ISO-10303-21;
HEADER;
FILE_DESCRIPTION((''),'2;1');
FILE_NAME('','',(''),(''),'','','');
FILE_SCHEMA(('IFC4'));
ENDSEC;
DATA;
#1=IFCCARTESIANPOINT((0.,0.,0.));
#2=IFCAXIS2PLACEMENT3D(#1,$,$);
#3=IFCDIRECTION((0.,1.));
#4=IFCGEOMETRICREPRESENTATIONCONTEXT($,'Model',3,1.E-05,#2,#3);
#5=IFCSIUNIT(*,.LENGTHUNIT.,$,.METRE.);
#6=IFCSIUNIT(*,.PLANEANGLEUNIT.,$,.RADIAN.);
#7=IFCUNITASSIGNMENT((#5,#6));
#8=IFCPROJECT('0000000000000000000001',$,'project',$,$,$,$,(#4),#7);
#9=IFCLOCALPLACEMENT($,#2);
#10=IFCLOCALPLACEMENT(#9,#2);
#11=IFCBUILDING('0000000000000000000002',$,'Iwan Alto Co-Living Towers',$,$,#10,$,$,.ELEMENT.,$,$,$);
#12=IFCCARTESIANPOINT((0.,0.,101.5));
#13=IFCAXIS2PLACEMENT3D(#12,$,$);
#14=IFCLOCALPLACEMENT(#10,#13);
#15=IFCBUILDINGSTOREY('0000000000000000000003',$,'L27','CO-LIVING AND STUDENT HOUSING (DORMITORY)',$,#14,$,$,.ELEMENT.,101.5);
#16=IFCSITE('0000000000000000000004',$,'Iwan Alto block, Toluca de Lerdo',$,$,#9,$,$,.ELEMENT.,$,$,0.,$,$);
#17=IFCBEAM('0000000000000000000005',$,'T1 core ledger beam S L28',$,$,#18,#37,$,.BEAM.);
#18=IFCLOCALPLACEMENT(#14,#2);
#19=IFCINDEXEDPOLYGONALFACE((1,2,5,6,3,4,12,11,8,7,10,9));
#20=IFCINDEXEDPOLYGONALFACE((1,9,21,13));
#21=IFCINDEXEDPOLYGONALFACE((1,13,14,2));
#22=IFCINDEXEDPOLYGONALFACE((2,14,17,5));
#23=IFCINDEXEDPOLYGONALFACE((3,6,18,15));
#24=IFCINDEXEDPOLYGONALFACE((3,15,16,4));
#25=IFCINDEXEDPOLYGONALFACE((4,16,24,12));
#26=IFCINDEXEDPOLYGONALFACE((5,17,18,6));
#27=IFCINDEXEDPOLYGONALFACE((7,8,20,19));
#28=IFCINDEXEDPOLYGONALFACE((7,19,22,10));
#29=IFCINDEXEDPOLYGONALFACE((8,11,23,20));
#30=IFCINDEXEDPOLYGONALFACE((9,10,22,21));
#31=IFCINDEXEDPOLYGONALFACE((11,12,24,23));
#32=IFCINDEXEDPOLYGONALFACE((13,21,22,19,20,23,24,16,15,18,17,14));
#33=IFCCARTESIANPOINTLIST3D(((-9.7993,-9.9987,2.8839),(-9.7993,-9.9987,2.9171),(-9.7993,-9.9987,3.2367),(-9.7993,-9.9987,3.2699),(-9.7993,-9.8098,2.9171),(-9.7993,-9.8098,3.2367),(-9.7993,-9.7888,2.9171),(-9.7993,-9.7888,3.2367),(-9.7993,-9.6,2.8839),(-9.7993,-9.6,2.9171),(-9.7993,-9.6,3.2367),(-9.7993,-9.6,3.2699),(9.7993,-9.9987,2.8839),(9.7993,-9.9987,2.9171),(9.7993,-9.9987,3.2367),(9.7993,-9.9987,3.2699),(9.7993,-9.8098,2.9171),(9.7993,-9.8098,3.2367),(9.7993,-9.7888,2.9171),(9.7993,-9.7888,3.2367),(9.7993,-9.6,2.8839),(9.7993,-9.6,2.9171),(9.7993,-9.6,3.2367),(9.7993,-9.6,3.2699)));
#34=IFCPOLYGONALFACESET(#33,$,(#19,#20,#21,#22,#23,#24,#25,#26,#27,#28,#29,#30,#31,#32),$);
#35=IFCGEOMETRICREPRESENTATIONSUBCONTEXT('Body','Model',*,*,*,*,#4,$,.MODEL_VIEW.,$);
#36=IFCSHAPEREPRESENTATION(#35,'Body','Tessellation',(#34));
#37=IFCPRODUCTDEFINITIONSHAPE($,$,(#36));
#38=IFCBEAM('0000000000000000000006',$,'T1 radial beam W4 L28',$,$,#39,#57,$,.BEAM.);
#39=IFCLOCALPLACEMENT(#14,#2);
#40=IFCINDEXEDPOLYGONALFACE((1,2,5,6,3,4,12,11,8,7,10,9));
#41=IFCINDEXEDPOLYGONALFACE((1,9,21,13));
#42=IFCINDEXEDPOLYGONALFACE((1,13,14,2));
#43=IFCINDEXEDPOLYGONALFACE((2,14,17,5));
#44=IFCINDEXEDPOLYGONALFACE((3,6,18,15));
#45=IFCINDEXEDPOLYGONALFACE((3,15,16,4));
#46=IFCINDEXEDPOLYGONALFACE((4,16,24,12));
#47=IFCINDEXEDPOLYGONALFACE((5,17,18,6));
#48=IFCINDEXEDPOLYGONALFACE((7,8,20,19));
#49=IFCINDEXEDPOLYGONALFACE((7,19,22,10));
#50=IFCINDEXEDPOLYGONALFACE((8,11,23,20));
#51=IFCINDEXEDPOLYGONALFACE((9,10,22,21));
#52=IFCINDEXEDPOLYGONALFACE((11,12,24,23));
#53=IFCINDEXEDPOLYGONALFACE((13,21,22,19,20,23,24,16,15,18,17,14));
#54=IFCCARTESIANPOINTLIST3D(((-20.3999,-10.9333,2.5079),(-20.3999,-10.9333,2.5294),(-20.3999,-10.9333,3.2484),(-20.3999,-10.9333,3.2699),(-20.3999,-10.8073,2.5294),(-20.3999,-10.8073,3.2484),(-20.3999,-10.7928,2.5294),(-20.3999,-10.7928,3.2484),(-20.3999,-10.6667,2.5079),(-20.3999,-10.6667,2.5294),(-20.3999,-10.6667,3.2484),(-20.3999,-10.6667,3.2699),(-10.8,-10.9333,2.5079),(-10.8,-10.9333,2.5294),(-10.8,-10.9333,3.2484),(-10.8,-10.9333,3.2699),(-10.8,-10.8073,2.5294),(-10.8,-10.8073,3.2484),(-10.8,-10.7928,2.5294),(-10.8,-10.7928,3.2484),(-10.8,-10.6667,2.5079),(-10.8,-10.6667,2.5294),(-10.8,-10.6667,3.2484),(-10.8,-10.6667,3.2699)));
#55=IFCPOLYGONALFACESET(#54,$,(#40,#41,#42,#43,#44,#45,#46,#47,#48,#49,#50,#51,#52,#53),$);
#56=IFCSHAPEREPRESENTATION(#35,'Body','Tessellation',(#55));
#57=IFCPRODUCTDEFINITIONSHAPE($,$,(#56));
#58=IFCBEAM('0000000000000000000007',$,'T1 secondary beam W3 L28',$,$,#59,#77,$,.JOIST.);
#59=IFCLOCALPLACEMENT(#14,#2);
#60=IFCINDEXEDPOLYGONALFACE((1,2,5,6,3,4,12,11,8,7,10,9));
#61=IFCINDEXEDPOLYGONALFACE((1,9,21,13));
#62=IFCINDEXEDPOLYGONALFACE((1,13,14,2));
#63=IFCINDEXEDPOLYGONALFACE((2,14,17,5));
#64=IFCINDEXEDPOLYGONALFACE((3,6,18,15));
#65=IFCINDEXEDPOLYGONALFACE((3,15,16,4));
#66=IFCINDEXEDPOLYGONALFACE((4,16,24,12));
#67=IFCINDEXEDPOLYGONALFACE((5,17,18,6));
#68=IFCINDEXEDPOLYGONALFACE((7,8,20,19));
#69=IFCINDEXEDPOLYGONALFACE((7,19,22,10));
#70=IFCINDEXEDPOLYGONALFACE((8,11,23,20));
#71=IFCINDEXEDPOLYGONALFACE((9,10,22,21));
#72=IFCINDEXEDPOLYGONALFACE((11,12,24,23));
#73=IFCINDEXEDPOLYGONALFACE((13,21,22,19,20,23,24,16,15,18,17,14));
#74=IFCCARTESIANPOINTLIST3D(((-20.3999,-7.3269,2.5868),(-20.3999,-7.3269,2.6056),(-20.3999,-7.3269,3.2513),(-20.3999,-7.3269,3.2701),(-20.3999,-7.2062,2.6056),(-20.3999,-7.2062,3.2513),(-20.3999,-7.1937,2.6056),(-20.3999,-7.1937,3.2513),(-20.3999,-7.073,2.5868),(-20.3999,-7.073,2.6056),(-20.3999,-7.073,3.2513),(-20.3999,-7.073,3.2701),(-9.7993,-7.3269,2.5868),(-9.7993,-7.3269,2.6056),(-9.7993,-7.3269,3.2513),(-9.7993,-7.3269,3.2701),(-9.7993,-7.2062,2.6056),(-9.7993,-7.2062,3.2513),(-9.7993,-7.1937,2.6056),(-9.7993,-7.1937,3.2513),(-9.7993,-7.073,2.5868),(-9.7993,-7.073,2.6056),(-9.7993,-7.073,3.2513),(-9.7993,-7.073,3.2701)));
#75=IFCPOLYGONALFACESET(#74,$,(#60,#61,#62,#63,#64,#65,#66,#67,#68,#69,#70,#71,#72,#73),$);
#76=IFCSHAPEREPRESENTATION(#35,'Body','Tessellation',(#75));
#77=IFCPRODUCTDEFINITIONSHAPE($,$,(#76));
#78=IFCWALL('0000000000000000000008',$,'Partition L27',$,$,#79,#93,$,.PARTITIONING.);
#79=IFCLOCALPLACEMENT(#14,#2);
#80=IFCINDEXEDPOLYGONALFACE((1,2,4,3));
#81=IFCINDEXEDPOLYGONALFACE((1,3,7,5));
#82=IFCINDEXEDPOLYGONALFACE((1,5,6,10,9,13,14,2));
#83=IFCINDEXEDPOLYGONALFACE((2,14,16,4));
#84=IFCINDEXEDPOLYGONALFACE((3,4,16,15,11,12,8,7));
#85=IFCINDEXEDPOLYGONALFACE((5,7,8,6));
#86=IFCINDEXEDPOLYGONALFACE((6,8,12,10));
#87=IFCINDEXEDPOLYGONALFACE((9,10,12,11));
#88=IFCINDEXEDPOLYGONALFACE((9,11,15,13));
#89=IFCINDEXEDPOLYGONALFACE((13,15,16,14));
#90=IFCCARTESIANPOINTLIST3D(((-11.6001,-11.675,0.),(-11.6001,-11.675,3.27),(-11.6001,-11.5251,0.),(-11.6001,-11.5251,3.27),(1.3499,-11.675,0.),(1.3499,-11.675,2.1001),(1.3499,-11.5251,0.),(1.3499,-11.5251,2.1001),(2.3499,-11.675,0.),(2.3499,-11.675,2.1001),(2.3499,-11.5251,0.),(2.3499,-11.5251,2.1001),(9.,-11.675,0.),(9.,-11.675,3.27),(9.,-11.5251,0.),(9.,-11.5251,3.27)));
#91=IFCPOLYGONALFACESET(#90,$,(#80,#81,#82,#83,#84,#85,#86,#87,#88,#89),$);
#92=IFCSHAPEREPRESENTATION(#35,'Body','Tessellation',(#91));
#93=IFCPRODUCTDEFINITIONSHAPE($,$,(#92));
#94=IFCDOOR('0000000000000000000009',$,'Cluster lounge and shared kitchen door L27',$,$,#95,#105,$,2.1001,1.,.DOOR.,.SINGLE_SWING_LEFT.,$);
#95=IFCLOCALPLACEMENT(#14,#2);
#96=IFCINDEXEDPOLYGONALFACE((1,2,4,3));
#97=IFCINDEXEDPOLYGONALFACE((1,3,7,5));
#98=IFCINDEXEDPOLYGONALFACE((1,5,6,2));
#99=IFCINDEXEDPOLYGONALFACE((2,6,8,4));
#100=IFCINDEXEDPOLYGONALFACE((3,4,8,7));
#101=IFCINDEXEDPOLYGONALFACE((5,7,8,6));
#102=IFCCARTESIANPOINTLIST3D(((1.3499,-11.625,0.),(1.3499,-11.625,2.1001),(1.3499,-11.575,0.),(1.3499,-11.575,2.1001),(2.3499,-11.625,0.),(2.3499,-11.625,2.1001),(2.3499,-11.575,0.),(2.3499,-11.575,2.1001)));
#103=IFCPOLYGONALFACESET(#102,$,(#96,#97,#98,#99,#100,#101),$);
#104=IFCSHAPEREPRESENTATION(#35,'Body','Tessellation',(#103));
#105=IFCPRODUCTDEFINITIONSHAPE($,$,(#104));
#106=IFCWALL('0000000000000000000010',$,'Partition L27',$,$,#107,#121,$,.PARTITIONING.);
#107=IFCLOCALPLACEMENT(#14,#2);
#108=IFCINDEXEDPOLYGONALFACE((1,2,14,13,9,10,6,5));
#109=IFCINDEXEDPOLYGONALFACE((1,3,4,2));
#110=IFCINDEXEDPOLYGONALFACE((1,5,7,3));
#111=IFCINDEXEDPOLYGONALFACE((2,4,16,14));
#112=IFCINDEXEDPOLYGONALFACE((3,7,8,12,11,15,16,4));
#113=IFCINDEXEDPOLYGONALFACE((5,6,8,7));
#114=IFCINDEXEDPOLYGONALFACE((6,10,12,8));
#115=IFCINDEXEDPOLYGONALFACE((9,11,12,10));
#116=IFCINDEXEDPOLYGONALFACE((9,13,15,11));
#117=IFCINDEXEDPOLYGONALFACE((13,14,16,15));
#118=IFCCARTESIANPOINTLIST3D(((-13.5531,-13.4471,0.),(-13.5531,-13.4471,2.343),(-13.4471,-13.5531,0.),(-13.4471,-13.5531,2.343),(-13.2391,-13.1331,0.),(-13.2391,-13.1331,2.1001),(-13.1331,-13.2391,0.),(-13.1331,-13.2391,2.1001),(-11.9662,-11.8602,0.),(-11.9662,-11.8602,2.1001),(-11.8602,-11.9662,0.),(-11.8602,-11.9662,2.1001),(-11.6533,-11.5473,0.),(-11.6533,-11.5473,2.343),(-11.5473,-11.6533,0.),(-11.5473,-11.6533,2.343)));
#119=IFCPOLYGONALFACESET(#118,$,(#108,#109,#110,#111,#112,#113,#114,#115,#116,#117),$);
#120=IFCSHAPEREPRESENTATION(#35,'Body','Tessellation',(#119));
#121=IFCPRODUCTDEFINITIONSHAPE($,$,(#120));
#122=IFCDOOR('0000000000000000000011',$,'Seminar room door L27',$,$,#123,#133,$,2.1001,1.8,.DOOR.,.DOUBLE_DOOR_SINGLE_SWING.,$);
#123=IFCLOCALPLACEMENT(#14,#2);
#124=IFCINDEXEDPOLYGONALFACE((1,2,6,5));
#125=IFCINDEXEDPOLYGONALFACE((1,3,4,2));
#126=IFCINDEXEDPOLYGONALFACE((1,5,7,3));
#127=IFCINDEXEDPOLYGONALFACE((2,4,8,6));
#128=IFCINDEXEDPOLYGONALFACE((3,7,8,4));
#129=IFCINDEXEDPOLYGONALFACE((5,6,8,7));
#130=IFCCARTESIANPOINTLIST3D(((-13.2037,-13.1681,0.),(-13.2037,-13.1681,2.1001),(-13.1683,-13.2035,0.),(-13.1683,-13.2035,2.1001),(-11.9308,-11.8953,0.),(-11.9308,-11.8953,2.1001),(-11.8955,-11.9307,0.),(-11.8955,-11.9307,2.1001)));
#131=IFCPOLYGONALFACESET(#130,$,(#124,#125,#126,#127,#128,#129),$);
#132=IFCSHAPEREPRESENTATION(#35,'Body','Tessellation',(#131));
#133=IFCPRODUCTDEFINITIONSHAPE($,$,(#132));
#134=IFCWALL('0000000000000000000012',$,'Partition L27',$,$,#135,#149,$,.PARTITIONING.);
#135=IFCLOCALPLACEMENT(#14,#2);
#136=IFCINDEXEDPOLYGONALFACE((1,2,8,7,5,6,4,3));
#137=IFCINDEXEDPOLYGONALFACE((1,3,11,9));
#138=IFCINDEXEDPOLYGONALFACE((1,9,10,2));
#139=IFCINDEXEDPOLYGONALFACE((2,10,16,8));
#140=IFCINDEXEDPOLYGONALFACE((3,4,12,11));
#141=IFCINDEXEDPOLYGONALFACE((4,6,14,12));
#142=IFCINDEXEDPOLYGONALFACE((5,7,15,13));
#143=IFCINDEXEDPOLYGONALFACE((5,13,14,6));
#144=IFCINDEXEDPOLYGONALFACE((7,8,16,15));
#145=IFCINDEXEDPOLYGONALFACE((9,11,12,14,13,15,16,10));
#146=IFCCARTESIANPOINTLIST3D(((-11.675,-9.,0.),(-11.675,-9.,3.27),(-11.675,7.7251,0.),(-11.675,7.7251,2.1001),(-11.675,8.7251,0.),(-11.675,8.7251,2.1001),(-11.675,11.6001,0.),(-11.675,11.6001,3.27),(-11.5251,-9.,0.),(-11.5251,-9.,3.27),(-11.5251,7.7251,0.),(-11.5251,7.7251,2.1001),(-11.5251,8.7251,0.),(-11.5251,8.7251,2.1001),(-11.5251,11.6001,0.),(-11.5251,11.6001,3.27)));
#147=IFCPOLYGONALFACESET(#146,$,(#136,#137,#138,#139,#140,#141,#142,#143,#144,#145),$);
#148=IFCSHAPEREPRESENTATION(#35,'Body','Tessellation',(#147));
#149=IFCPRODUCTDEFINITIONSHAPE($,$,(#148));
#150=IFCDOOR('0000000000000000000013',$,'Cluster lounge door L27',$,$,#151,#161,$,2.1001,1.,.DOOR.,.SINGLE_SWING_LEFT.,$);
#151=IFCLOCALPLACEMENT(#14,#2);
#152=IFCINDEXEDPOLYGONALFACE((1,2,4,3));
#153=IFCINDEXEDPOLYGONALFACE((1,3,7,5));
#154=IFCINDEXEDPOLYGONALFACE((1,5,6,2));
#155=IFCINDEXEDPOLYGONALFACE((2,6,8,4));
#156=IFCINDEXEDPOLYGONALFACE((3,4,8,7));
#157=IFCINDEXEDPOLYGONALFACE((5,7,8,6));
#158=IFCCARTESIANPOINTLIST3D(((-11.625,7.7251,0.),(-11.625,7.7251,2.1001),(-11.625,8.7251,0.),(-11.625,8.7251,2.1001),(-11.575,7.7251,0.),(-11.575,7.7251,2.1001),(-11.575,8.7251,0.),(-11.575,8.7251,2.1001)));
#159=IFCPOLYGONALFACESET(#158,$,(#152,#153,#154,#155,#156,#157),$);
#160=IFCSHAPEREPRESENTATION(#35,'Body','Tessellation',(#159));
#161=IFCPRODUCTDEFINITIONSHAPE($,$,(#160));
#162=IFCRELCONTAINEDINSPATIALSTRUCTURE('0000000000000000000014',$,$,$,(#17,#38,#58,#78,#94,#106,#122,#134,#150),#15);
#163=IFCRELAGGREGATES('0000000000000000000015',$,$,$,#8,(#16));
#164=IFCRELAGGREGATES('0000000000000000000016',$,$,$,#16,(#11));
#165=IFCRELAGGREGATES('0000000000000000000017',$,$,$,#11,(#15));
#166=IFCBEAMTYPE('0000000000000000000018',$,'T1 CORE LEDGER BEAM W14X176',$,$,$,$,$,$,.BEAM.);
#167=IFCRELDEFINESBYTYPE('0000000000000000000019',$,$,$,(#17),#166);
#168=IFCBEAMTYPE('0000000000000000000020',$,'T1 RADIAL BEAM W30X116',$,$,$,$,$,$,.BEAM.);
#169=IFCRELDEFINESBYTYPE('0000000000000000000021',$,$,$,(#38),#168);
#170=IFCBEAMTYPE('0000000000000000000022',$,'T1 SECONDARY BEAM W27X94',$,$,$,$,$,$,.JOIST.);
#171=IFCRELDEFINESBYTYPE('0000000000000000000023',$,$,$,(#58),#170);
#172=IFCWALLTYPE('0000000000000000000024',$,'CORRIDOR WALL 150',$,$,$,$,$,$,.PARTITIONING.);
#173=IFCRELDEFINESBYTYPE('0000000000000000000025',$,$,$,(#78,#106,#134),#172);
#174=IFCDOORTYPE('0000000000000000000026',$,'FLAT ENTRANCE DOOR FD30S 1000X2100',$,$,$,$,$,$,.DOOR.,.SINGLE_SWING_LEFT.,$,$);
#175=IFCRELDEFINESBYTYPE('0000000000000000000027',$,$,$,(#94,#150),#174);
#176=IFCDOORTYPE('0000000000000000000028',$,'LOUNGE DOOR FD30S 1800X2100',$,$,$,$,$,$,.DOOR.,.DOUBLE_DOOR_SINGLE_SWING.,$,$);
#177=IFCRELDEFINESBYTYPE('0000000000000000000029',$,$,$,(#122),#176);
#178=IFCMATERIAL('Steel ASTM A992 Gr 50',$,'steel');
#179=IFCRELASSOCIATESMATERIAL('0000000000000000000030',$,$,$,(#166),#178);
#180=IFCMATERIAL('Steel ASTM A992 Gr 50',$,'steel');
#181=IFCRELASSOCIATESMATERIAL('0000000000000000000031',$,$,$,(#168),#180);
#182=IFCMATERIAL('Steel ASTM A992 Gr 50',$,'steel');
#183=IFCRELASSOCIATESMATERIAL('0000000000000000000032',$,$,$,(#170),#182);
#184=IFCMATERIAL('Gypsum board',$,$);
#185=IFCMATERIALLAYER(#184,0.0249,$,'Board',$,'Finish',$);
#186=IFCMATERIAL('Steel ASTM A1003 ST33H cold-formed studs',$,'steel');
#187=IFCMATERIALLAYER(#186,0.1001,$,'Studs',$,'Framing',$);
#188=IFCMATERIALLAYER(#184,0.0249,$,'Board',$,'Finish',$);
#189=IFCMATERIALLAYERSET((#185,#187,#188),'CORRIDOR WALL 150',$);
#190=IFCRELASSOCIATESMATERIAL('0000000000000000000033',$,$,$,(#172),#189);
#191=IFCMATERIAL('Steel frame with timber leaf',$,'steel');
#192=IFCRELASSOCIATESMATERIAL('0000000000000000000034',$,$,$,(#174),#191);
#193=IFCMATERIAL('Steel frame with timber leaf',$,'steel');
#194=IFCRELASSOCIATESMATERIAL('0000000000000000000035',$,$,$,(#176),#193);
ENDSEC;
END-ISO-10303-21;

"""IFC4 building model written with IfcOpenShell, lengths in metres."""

from ifc_helpers import new_model, si_unit, direction, frame, frame_2d, origin, origin_2d, place, context, subcontext, project, spatial, rectangle, i_section, extrude, material, layer, layer_set, material_profile, profile_set, type_object, element, fill, save


model = new_model("IFC4")

# Units and contexts
model_context = context("Model", 3, precision=1e-05, world=origin(), true_north=direction((0.0, 1.0)))
body_context = subcontext(model_context, "Body", "Model", "MODEL_VIEW")
ifc_project = project(units=[si_unit("LENGTHUNIT", "METRE"), si_unit("PLANEANGLEUNIT", "RADIAN")], contexts=[model_context])

# Site, building, storey
site_placement = place(None, origin())
site = spatial("IfcSite", under=ifc_project, at=site_placement, Name="Iwan Alto block, Toluca de Lerdo", CompositionType="ELEMENT", RefElevation=0.0)
building_placement = place(site_placement, origin())
building = spatial("IfcBuilding", under=site, at=building_placement, Name="Iwan Alto Co-Living Towers", CompositionType="ELEMENT")
storey_placement = place(building_placement, frame((0.0, 0.0, 101.5)))
storey = spatial("IfcBuildingStorey", under=building, at=storey_placement, Name="L27", Description="CO-LIVING AND STUDENT HOUSING (DORMITORY)", CompositionType="ELEMENT", Elevation=101.5)

# Beams
ifc_material_1 = material(Name="Steel ASTM A992 Gr 50", Category="steel")
ifc_material_profile_1 = material_profile(ifc_material_1, i_section(OverallWidth=0.3987, OverallDepth=0.386, WebThickness=0.021, FlangeThickness=0.0332, at=origin_2d()), Name="W14X176")
ifc_profile_set_1 = profile_set([ifc_material_profile_1], Name="Steel ASTM A992 Gr 50")
beam_type_1 = type_object("IfcBeamType", Name="T1 CORE LEDGER BEAM W14X176", PredefinedType="BEAM", material=ifc_profile_set_1)
beam_1_placement = place(storey_placement, frame((-9.7993, -9.7993, 3.0769), z_axis=(1.0, 0.0, 0.0), x_axis=(0.0, 1.0, 0.0)))
element("IfcBeam", 1, at=beam_1_placement, inside=storey, type_object=beam_type_1, Name="T1 core ledger beam S L28", PredefinedType="BEAM", context=body_context, shape_type="SweptSolid", body=[
    extrude(i_section(OverallWidth=0.3987, OverallDepth=0.386, WebThickness=0.021, FlangeThickness=0.0332, at=origin_2d()), origin(), (0.0, 0.0, 1.0), 19.5986),
])
ifc_material_2 = material(Name="Steel ASTM A992 Gr 50", Category="steel")
ifc_material_profile_2 = material_profile(ifc_material_2, i_section(OverallWidth=0.2666, OverallDepth=0.762, WebThickness=0.0144, FlangeThickness=0.0215, at=origin_2d()), Name="W30X116")
ifc_profile_set_2 = profile_set([ifc_material_profile_2], Name="Steel ASTM A992 Gr 50")
beam_type_2 = type_object("IfcBeamType", Name="T1 RADIAL BEAM W30X116", PredefinedType="BEAM", material=ifc_profile_set_2)
beam_2_placement = place(storey_placement, frame((-20.3999, -10.8, 2.8889), z_axis=(1.0, 0.0, 0.0), x_axis=(0.0, 1.0, 0.0)))
element("IfcBeam", 2, at=beam_2_placement, inside=storey, type_object=beam_type_2, Name="T1 radial beam W4 L28", PredefinedType="BEAM", context=body_context, shape_type="SweptSolid", body=[
    extrude(i_section(OverallWidth=0.2666, OverallDepth=0.762, WebThickness=0.0144, FlangeThickness=0.0215, at=origin_2d()), origin(), (0.0, 0.0, 1.0), 9.5999),
])
ifc_material_3 = material(Name="Steel ASTM A992 Gr 50", Category="steel")
ifc_material_profile_3 = material_profile(ifc_material_3, i_section(OverallWidth=0.2539, OverallDepth=0.6833, WebThickness=0.0125, FlangeThickness=0.0188, at=origin_2d()), Name="W27X94")
ifc_profile_set_3 = profile_set([ifc_material_profile_3], Name="Steel ASTM A992 Gr 50")
beam_type_3 = type_object("IfcBeamType", Name="T1 SECONDARY BEAM W27X94", PredefinedType="JOIST", material=ifc_profile_set_3)
beam_3_placement = place(storey_placement, frame((-20.3999, -7.2, 2.9285), z_axis=(1.0, 0.0, 0.0), x_axis=(0.0, 1.0, 0.0)))
element("IfcBeam", 3, at=beam_3_placement, inside=storey, type_object=beam_type_3, Name="T1 secondary beam W3 L28", PredefinedType="JOIST", context=body_context, shape_type="SweptSolid", body=[
    extrude(i_section(OverallWidth=0.2539, OverallDepth=0.6833, WebThickness=0.0125, FlangeThickness=0.0188, at=origin_2d()), origin(), (0.0, 0.0, 1.0), 10.6006),
])

# Walls, openings, doors
ifc_material_4 = material(Name="Gypsum board")
ifc_layer_1 = layer(ifc_material_4, 0.0249, Name="Board", Category="Finish")
ifc_material_5 = material(Name="Steel ASTM A1003 ST33H cold-formed studs", Category="steel")
ifc_layer_2 = layer(ifc_material_5, 0.1001, Name="Studs", Category="Framing")
ifc_layer_3 = layer(ifc_material_4, 0.0249, Name="Board", Category="Finish")
ifc_layer_set_1 = layer_set([ifc_layer_1, ifc_layer_2, ifc_layer_3], Name="CORRIDOR WALL 150")
wall_type_1 = type_object("IfcWallType", Name="CORRIDOR WALL 150", PredefinedType="PARTITIONING", material=ifc_layer_set_1)
wall_1_placement = place(storey_placement, frame((-11.6001, -11.6001, 0.0), z_axis=(0.0, 0.0, 1.0), x_axis=(1.0, 0.0, 0.0)))
wall_1 = element("IfcWall", 4, at=wall_1_placement, inside=storey, type_object=wall_type_1, Name="Partition L27", PredefinedType="PARTITIONING", context=body_context, shape_type="SweptSolid", body=[
    extrude(rectangle(XDim=20.6001, YDim=0.1499, at=frame_2d((10.3, 0.0))), origin(), (0.0, 0.0, 1.0), 3.27),
])
opening_1_placement = place(wall_1_placement, frame((12.95, 0.0, 0.0)))
opening_1 = element("IfcOpeningElement", 5, at=opening_1_placement, cuts=wall_1, PredefinedType="OPENING", context=body_context, shape_type="SweptSolid", body=[
    extrude(rectangle(XDim=1.0, YDim=2.1001, at=frame_2d((0.5, 1.05))), frame((0.0, 0.085, 0.0), z_axis=(0.0, -1.0, 0.0), x_axis=(1.0, 0.0, 0.0)), (0.0, 0.0, 1.0), 0.1699),
])
ifc_material_6 = material(Name="Steel frame with timber leaf", Category="steel")
door_type_1 = type_object("IfcDoorType", Name="FLAT ENTRANCE DOOR FD30S 1000X2100", OperationType="SINGLE_SWING_LEFT", PredefinedType="DOOR", material=ifc_material_6)
door_1_placement = place(opening_1_placement, frame((1.0, 0.0, 0.0), z_axis=(0.0, 0.0, 1.0), x_axis=(-1.0, 0.0, 0.0)))
door_1 = element("IfcDoor", 6, at=door_1_placement, inside=storey, type_object=door_type_1, Name="Cluster lounge and shared kitchen door L27", OperationType="SINGLE_SWING_LEFT", OverallHeight=2.1001, OverallWidth=1.0, PredefinedType="DOOR", context=body_context, shape_type="SweptSolid", body=[
    extrude(rectangle(XDim=1.0, YDim=2.1001, at=frame_2d((0.5, 1.05))), frame((0.0, 0.0249, 0.0), z_axis=(0.0, -1.0, 0.0), x_axis=(1.0, 0.0, 0.0)), (0.0, 0.0, 1.0), 0.05),
])
fill(opening_1, door_1)
wall_2_placement = place(storey_placement, frame((-13.5, -13.5, 0.0), z_axis=(0.0, 0.0, 1.0), x_axis=(0.707107, 0.707107, 0.0)))
wall_2 = element("IfcWall", 7, at=wall_2_placement, inside=storey, type_object=wall_type_1, Name="Partition L27", PredefinedType="PARTITIONING", context=body_context, shape_type="SweptSolid", body=[
    extrude(rectangle(XDim=2.6868, YDim=0.1499, at=frame_2d((1.3433, 0.0))), origin(), (0.0, 0.0, 1.0), 2.343),
])
opening_2_placement = place(wall_2_placement, frame((0.4441, 0.0, 0.0)))
opening_2 = element("IfcOpeningElement", 8, at=opening_2_placement, cuts=wall_2, PredefinedType="OPENING", context=body_context, shape_type="SweptSolid", body=[
    extrude(rectangle(XDim=1.8, YDim=2.1001, at=frame_2d((0.8999, 1.05))), frame((0.0, 0.085, 0.0), z_axis=(0.0, -1.0, 0.0), x_axis=(1.0, 0.0, 0.0)), (0.0, 0.0, 1.0), 0.1699),
])
ifc_material_7 = material(Name="Steel frame with timber leaf", Category="steel")
door_type_2 = type_object("IfcDoorType", Name="LOUNGE DOOR FD30S 1800X2100", OperationType="DOUBLE_DOOR_SINGLE_SWING", PredefinedType="DOOR", material=ifc_material_7)
door_2_placement = place(opening_2_placement, frame((1.8, 0.0, 0.0), z_axis=(0.0, 0.0, 1.0), x_axis=(-1.0, 0.0, 0.0)))
door_2 = element("IfcDoor", 9, at=door_2_placement, inside=storey, type_object=door_type_2, Name="Seminar room door L27", OperationType="DOUBLE_DOOR_SINGLE_SWING", OverallHeight=2.1001, OverallWidth=1.8, PredefinedType="DOOR", context=body_context, shape_type="SweptSolid", body=[
    extrude(rectangle(XDim=1.8, YDim=2.1001, at=frame_2d((0.8999, 1.05))), frame((0.0, 0.0249, 0.0), z_axis=(0.0, -1.0, 0.0), x_axis=(1.0, 0.0, 0.0)), (0.0, 0.0, 1.0), 0.05),
])
fill(opening_2, door_2)
wall_3_placement = place(storey_placement, frame((-11.6001, -9.0, 0.0), z_axis=(0.0, 0.0, 1.0), x_axis=(0.0, 1.0, 0.0)))
wall_3 = element("IfcWall", 10, at=wall_3_placement, inside=storey, type_object=wall_type_1, Name="Partition L27", PredefinedType="PARTITIONING", context=body_context, shape_type="SweptSolid", body=[
    extrude(rectangle(XDim=20.6001, YDim=0.1499, at=frame_2d((10.3, 0.0))), origin(), (0.0, 0.0, 1.0), 3.27),
])
opening_3_placement = place(wall_3_placement, frame((16.7251, 0.0, 0.0)))
opening_3 = element("IfcOpeningElement", 11, at=opening_3_placement, cuts=wall_3, PredefinedType="OPENING", context=body_context, shape_type="SweptSolid", body=[
    extrude(rectangle(XDim=1.0, YDim=2.1001, at=frame_2d((0.5, 1.05))), frame((0.0, 0.085, 0.0), z_axis=(0.0, -1.0, 0.0), x_axis=(1.0, 0.0, 0.0)), (0.0, 0.0, 1.0), 0.1699),
])
door_3_placement = place(opening_3_placement, origin())
door_3 = element("IfcDoor", 12, at=door_3_placement, inside=storey, type_object=door_type_1, Name="Cluster lounge door L27", OperationType="SINGLE_SWING_LEFT", OverallHeight=2.1001, OverallWidth=1.0, PredefinedType="DOOR", context=body_context, shape_type="SweptSolid", body=[
    extrude(rectangle(XDim=1.0, YDim=2.1001, at=frame_2d((0.5, 1.05))), frame((0.0, 0.0249, 0.0), z_axis=(0.0, -1.0, 0.0), x_axis=(1.0, 0.0, 0.0)), (0.0, 0.0, 1.0), 0.05),
])
fill(opening_3, door_3)

save(model, "model.ifc")
